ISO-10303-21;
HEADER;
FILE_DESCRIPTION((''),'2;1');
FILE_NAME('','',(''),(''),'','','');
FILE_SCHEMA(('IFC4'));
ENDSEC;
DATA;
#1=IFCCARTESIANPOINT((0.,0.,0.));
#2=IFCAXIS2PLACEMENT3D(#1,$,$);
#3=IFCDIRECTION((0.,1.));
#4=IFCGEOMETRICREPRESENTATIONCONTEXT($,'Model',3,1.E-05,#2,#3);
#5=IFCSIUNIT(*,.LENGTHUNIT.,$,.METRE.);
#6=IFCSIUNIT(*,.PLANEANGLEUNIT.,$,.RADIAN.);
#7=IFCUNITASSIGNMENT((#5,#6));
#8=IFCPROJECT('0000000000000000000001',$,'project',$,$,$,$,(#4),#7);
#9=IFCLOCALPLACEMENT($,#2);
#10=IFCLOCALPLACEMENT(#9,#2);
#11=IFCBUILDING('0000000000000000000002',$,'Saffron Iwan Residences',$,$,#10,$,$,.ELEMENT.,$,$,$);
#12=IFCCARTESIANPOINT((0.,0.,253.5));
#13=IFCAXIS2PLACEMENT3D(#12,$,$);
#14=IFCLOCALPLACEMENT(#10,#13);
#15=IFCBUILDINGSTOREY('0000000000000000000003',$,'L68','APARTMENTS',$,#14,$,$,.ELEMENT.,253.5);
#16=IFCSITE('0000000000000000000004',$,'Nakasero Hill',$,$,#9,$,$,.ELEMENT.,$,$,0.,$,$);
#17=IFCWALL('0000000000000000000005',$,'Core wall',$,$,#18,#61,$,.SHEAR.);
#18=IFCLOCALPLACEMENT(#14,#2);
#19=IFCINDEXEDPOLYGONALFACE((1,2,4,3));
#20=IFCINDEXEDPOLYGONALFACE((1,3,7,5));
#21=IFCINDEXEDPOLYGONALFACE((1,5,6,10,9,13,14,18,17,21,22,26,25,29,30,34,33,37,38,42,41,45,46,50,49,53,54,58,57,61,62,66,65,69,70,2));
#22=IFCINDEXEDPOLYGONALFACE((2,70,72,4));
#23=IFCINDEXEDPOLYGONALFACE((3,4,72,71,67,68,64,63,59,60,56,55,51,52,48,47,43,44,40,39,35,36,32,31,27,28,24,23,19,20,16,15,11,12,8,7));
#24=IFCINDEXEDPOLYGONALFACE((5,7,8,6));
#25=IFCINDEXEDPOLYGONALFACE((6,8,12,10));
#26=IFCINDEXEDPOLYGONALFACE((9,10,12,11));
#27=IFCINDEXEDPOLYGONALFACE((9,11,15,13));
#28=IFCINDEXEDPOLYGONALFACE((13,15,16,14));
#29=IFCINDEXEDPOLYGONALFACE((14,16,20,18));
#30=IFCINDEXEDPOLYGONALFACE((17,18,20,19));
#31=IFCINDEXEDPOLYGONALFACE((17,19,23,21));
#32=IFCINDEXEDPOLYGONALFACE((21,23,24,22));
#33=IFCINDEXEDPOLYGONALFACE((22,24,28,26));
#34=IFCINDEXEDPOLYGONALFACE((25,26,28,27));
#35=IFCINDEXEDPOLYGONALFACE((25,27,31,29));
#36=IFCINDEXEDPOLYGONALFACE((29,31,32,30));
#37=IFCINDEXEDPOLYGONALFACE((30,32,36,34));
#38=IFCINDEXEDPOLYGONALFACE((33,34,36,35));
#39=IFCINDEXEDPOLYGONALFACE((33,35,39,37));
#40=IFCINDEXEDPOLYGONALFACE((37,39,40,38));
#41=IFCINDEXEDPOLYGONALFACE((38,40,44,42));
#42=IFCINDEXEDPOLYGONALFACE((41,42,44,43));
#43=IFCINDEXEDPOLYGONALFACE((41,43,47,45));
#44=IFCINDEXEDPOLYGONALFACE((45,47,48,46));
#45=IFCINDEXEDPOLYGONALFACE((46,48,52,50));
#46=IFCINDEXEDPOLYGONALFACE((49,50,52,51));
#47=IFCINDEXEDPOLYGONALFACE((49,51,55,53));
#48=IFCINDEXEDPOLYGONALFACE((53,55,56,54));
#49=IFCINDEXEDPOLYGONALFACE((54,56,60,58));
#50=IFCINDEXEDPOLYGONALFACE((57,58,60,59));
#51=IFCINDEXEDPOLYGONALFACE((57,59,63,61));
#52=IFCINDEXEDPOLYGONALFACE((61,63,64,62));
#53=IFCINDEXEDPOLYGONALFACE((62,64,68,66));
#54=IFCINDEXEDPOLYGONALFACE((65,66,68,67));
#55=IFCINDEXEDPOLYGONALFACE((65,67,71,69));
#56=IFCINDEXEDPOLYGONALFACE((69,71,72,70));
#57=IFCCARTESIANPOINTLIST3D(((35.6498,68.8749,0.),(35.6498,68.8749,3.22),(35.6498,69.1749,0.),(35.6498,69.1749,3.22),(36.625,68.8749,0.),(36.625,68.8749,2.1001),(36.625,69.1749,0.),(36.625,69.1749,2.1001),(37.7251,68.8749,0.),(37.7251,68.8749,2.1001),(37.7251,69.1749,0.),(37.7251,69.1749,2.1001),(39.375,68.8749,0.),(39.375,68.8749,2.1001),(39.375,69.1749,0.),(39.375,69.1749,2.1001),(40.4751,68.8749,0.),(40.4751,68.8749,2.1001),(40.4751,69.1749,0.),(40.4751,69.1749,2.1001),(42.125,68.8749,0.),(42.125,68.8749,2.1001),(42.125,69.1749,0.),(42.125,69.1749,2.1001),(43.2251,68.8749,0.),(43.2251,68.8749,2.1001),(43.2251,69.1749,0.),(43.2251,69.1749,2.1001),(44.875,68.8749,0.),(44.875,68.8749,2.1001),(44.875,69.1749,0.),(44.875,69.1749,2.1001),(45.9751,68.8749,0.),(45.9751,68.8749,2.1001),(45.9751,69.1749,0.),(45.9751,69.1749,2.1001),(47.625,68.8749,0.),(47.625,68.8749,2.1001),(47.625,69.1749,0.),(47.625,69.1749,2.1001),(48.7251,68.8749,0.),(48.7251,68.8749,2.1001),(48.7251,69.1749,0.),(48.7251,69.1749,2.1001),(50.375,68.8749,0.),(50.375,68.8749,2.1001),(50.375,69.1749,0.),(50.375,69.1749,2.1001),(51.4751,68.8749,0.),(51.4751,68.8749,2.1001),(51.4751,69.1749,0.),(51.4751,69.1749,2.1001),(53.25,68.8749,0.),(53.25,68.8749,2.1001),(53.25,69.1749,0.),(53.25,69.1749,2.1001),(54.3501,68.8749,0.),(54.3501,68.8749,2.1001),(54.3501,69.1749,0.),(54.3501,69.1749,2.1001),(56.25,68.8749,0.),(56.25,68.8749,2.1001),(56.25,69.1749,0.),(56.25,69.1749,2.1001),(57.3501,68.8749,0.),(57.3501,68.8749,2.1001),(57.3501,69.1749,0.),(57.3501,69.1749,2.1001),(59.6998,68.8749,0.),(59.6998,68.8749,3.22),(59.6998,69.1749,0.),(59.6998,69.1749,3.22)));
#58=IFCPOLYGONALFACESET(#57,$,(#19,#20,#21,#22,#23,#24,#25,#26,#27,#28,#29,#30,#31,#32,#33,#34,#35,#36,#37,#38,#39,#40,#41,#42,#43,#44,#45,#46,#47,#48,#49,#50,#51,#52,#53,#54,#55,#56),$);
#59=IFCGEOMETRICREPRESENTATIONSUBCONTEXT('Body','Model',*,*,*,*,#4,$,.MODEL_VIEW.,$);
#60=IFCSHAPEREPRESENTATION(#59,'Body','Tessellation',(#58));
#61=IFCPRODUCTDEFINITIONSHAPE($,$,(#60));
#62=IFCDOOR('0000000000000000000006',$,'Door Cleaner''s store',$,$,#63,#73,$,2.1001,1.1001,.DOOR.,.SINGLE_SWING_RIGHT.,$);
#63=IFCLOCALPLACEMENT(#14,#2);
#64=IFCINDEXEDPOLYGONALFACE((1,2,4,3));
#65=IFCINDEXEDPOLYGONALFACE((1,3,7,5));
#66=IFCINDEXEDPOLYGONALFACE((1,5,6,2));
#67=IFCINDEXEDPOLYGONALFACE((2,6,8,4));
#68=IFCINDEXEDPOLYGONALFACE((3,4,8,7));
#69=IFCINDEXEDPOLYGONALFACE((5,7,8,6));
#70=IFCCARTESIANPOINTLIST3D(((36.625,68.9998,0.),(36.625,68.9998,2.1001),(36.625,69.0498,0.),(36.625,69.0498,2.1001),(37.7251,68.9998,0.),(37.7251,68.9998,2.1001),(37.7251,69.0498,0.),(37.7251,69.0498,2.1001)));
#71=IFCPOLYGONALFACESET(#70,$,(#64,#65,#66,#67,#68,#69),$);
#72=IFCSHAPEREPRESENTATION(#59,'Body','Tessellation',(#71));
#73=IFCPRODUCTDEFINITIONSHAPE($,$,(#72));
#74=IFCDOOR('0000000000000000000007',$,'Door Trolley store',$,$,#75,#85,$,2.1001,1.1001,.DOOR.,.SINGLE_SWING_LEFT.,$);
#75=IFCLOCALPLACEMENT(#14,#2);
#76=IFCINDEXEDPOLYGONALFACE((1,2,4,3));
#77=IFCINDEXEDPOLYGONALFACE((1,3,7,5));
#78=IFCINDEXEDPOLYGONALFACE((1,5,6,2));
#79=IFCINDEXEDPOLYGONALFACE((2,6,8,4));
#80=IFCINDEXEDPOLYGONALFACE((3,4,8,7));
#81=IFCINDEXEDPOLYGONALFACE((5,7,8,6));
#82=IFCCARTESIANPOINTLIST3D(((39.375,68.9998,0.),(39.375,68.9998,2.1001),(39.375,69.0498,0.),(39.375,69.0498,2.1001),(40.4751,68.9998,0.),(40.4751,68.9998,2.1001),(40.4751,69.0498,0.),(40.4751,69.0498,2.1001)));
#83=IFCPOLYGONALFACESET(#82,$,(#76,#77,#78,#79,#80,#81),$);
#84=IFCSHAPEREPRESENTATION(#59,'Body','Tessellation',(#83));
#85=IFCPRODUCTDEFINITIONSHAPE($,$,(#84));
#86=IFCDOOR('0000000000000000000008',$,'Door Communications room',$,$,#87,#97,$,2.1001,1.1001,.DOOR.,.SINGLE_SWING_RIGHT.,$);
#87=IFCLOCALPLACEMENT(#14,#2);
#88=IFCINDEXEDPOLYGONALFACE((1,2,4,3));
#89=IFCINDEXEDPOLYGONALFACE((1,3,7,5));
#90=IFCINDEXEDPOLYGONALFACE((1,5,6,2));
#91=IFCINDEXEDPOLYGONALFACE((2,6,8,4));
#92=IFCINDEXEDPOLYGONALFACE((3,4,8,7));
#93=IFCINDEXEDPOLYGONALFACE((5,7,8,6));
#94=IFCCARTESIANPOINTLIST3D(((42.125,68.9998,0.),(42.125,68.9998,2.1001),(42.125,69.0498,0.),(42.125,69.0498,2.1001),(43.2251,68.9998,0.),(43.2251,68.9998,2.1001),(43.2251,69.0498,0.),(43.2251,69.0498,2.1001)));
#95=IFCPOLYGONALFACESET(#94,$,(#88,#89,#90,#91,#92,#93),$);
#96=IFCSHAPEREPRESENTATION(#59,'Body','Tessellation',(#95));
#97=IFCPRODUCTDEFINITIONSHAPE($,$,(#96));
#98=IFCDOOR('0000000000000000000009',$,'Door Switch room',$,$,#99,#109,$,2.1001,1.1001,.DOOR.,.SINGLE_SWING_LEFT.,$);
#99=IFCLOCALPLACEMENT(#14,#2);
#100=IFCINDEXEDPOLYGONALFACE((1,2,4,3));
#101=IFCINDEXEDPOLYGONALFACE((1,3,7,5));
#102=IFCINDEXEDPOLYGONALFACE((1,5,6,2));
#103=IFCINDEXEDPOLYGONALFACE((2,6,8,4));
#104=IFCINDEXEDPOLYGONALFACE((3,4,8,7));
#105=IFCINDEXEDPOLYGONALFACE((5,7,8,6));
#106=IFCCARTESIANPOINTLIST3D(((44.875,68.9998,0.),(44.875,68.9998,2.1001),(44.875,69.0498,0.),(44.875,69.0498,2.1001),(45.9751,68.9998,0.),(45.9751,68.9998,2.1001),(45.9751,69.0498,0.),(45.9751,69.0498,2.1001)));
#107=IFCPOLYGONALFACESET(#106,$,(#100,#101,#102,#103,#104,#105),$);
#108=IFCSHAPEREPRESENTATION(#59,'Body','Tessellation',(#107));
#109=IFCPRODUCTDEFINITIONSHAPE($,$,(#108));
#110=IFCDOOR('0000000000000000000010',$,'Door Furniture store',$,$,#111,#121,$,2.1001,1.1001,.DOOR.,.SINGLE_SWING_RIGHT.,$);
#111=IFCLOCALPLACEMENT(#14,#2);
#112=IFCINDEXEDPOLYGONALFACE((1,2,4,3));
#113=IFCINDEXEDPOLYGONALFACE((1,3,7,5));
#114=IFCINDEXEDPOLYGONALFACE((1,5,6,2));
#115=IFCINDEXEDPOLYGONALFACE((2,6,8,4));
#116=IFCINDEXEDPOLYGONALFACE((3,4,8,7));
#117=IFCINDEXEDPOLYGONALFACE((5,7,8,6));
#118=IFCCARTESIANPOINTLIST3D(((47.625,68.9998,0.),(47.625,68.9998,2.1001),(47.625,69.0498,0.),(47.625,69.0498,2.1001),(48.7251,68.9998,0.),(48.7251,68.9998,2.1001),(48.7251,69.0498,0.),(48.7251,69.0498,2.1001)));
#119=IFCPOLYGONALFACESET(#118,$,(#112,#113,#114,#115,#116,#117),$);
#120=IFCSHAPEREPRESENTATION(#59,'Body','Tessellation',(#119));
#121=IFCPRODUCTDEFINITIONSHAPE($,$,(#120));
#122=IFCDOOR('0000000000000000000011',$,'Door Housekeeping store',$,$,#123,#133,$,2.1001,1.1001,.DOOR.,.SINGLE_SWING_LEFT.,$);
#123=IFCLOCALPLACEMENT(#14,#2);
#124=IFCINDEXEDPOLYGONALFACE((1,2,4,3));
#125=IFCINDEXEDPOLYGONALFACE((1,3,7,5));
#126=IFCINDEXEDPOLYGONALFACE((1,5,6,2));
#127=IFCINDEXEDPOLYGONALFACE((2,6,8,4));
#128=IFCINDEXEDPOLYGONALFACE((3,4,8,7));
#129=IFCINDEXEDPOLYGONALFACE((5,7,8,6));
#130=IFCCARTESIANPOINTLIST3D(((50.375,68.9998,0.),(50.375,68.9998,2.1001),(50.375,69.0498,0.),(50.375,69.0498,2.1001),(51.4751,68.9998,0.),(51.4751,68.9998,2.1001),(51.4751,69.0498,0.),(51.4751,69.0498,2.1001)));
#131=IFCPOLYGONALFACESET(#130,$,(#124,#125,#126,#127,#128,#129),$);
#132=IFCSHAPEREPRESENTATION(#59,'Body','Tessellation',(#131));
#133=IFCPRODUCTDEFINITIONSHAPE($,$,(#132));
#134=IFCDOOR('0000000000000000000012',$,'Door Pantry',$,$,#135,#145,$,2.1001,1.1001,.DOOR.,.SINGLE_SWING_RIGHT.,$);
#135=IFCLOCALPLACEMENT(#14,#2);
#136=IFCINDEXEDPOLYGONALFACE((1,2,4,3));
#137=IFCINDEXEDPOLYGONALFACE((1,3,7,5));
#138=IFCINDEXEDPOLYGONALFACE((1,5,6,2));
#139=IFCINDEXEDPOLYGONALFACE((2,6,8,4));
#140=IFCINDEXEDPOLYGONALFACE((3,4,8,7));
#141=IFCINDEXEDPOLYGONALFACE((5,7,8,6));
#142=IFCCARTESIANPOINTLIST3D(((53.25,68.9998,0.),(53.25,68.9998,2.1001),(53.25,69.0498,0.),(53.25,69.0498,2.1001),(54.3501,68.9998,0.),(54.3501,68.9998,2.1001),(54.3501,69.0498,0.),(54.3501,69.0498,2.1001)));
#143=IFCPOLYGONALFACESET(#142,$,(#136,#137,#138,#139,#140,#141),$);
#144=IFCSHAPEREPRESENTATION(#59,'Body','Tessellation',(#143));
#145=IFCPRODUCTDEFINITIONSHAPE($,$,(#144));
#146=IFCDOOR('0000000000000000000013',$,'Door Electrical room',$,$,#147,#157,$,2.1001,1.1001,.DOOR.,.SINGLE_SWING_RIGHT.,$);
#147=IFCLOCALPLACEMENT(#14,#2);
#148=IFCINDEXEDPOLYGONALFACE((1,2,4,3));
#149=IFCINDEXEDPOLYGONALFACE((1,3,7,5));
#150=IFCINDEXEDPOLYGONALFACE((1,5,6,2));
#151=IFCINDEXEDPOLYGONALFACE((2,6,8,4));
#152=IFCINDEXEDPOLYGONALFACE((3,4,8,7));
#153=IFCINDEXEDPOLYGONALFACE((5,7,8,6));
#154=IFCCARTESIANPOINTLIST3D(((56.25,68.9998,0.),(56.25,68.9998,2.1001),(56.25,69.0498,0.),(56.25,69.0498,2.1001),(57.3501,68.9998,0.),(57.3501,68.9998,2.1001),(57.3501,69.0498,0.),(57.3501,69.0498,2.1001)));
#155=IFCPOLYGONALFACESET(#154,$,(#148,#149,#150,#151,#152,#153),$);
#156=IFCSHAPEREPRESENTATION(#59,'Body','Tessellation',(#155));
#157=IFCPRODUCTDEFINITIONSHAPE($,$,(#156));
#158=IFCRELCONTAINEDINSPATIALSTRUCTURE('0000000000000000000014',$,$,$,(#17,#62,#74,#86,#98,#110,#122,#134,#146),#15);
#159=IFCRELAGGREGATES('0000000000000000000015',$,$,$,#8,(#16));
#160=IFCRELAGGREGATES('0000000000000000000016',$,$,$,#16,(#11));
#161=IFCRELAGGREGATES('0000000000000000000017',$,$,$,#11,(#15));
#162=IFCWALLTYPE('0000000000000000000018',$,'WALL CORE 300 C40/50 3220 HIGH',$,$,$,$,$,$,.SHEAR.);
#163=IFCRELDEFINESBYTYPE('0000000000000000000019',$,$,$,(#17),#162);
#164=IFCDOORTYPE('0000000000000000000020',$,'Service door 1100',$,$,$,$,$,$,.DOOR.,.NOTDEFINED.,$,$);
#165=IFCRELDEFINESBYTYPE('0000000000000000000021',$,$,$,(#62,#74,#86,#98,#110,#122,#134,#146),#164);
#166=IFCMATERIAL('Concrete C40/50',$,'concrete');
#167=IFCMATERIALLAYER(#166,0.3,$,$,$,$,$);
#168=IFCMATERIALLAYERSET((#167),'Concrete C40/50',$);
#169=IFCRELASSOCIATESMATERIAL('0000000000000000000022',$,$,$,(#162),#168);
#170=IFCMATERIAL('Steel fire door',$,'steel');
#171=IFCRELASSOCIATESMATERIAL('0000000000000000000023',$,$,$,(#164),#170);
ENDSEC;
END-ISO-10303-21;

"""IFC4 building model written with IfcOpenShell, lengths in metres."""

from ifc_helpers import new_model, si_unit, direction, frame, frame_2d, origin, place, context, subcontext, project, spatial, rectangle, extrude, material, layer, layer_set, type_object, element, fill, save


model = new_model("IFC4")

# Units and contexts
model_context = context("Model", 3, precision=1e-05, world=origin(), true_north=direction((0.0, 1.0)))
body_context = subcontext(model_context, "Body", "Model", "MODEL_VIEW")
ifc_project = project(units=[si_unit("LENGTHUNIT", "METRE"), si_unit("PLANEANGLEUNIT", "RADIAN")], contexts=[model_context])

# Site, building, storey
site_placement = place(None, origin())
site = spatial("IfcSite", under=ifc_project, at=site_placement, Name="Nakasero Hill", CompositionType="ELEMENT", RefElevation=0.0)
building_placement = place(site_placement, origin())
building = spatial("IfcBuilding", under=site, at=building_placement, Name="Saffron Iwan Residences", CompositionType="ELEMENT")
storey_placement = place(building_placement, frame((0.0, 0.0, 253.5)))
storey = spatial("IfcBuildingStorey", under=building, at=storey_placement, Name="L68", Description="APARTMENTS", CompositionType="ELEMENT", Elevation=253.5)

# Shared definitions
ifc_material_1 = material(Name="Concrete C40/50", Category="concrete")

# Shared definitions
ifc_material_2 = material(Name="Steel fire door", Category="steel")

# Wall, openings, doors
ifc_layer_1 = layer(ifc_material_1, 0.3)
ifc_layer_set_1 = layer_set([ifc_layer_1], Name="Concrete C40/50")
wall_type_1 = type_object("IfcWallType", Name="WALL CORE 300 C40/50 3220 HIGH", PredefinedType="SHEAR", material=ifc_layer_set_1)
wall_1_placement = place(storey_placement, frame((35.6499, 69.0249, 0.0), z_axis=(0.0, 0.0, 1.0), x_axis=(1.0, 0.0, 0.0)))
wall_1 = element("IfcWall", 1, at=wall_1_placement, inside=storey, type_object=wall_type_1, Name="Core wall", PredefinedType="SHEAR", context=body_context, shape_type="SweptSolid", body=[
    extrude(rectangle(XDim=24.05, YDim=0.3, at=frame_2d((12.0249, 0.0))), origin(), (0.0, 0.0, 1.0), 3.22),
])
opening_1_placement = place(wall_1_placement, frame((0.9751, 0.0, 0.0)))
opening_1 = element("IfcOpeningElement", 2, at=opening_1_placement, cuts=wall_1, PredefinedType="OPENING", context=body_context, shape_type="SweptSolid", body=[
    extrude(rectangle(XDim=1.1001, YDim=2.1001, at=frame_2d((0.55, 1.05))), frame((0.0, 0.1602, 0.0), z_axis=(0.0, -1.0, 0.0), x_axis=(1.0, 0.0, 0.0)), (0.0, 0.0, 1.0), 0.3201),
])
opening_2_placement = place(wall_1_placement, frame((3.7251, 0.0, 0.0)))
opening_2 = element("IfcOpeningElement", 3, at=opening_2_placement, cuts=wall_1, PredefinedType="OPENING", context=body_context, shape_type="SweptSolid", body=[
    extrude(rectangle(XDim=1.1001, YDim=2.1001, at=frame_2d((0.55, 1.05))), frame((0.0, 0.1602, 0.0), z_axis=(0.0, -1.0, 0.0), x_axis=(1.0, 0.0, 0.0)), (0.0, 0.0, 1.0), 0.3201),
])
opening_3_placement = place(wall_1_placement, frame((6.4751, 0.0, 0.0)))
opening_3 = element("IfcOpeningElement", 4, at=opening_3_placement, cuts=wall_1, PredefinedType="OPENING", context=body_context, shape_type="SweptSolid", body=[
    extrude(rectangle(XDim=1.1001, YDim=2.1001, at=frame_2d((0.55, 1.05))), frame((0.0, 0.1602, 0.0), z_axis=(0.0, -1.0, 0.0), x_axis=(1.0, 0.0, 0.0)), (0.0, 0.0, 1.0), 0.3201),
])
opening_4_placement = place(wall_1_placement, frame((9.2251, 0.0, 0.0)))
opening_4 = element("IfcOpeningElement", 5, at=opening_4_placement, cuts=wall_1, PredefinedType="OPENING", context=body_context, shape_type="SweptSolid", body=[
    extrude(rectangle(XDim=1.1001, YDim=2.1001, at=frame_2d((0.55, 1.05))), frame((0.0, 0.1602, 0.0), z_axis=(0.0, -1.0, 0.0), x_axis=(1.0, 0.0, 0.0)), (0.0, 0.0, 1.0), 0.3201),
])
opening_5_placement = place(wall_1_placement, frame((11.9751, 0.0, 0.0)))
opening_5 = element("IfcOpeningElement", 6, at=opening_5_placement, cuts=wall_1, PredefinedType="OPENING", context=body_context, shape_type="SweptSolid", body=[
    extrude(rectangle(XDim=1.1001, YDim=2.1001, at=frame_2d((0.55, 1.05))), frame((0.0, 0.1602, 0.0), z_axis=(0.0, -1.0, 0.0), x_axis=(1.0, 0.0, 0.0)), (0.0, 0.0, 1.0), 0.3201),
])
opening_6_placement = place(wall_1_placement, frame((14.7251, 0.0, 0.0)))
opening_6 = element("IfcOpeningElement", 7, at=opening_6_placement, cuts=wall_1, PredefinedType="OPENING", context=body_context, shape_type="SweptSolid", body=[
    extrude(rectangle(XDim=1.1001, YDim=2.1001, at=frame_2d((0.55, 1.05))), frame((0.0, 0.1602, 0.0), z_axis=(0.0, -1.0, 0.0), x_axis=(1.0, 0.0, 0.0)), (0.0, 0.0, 1.0), 0.3201),
])
opening_7_placement = place(wall_1_placement, frame((17.6001, 0.0, 0.0)))
opening_7 = element("IfcOpeningElement", 8, at=opening_7_placement, cuts=wall_1, PredefinedType="OPENING", context=body_context, shape_type="SweptSolid", body=[
    extrude(rectangle(XDim=1.1001, YDim=2.1001, at=frame_2d((0.55, 1.05))), frame((0.0, 0.1602, 0.0), z_axis=(0.0, -1.0, 0.0), x_axis=(1.0, 0.0, 0.0)), (0.0, 0.0, 1.0), 0.3201),
])
opening_8_placement = place(wall_1_placement, frame((20.6001, 0.0, 0.0)))
opening_8 = element("IfcOpeningElement", 9, at=opening_8_placement, cuts=wall_1, PredefinedType="OPENING", context=body_context, shape_type="SweptSolid", body=[
    extrude(rectangle(XDim=1.1001, YDim=2.1001, at=frame_2d((0.55, 1.05))), frame((0.0, 0.1602, 0.0), z_axis=(0.0, -1.0, 0.0), x_axis=(1.0, 0.0, 0.0)), (0.0, 0.0, 1.0), 0.3201),
])
door_type_1 = type_object("IfcDoorType", Name="Service door 1100", OperationType="NOTDEFINED", PredefinedType="DOOR", material=ifc_material_2)
door_1_placement = place(opening_1_placement, origin())
door_1 = element("IfcDoor", 10, at=door_1_placement, inside=storey, type_object=door_type_1, Name="Door Cleaner's store", OperationType="SINGLE_SWING_RIGHT", OverallHeight=2.1001, OverallWidth=1.1001, PredefinedType="DOOR", context=body_context, shape_type="SweptSolid", body=[
    extrude(rectangle(XDim=1.1001, YDim=2.1001, at=frame_2d((0.55, 1.05))), frame((0.0, 0.0249, 0.0), z_axis=(0.0, -1.0, 0.0), x_axis=(1.0, 0.0, 0.0)), (0.0, 0.0, 1.0), 0.05),
])
fill(opening_1, door_1)
door_2_placement = place(opening_2_placement, origin())
door_2 = element("IfcDoor", 11, at=door_2_placement, inside=storey, type_object=door_type_1, Name="Door Trolley store", OperationType="SINGLE_SWING_LEFT", OverallHeight=2.1001, OverallWidth=1.1001, PredefinedType="DOOR", context=body_context, shape_type="SweptSolid", body=[
    extrude(rectangle(XDim=1.1001, YDim=2.1001, at=frame_2d((0.55, 1.05))), frame((0.0, 0.0249, 0.0), z_axis=(0.0, -1.0, 0.0), x_axis=(1.0, 0.0, 0.0)), (0.0, 0.0, 1.0), 0.05),
])
fill(opening_2, door_2)
door_3_placement = place(opening_3_placement, origin())
door_3 = element("IfcDoor", 12, at=door_3_placement, inside=storey, type_object=door_type_1, Name="Door Communications room", OperationType="SINGLE_SWING_RIGHT", OverallHeight=2.1001, OverallWidth=1.1001, PredefinedType="DOOR", context=body_context, shape_type="SweptSolid", body=[
    extrude(rectangle(XDim=1.1001, YDim=2.1001, at=frame_2d((0.55, 1.05))), frame((0.0, 0.0249, 0.0), z_axis=(0.0, -1.0, 0.0), x_axis=(1.0, 0.0, 0.0)), (0.0, 0.0, 1.0), 0.05),
])
fill(opening_3, door_3)
door_4_placement = place(opening_4_placement, origin())
door_4 = element("IfcDoor", 13, at=door_4_placement, inside=storey, type_object=door_type_1, Name="Door Switch room", OperationType="SINGLE_SWING_LEFT", OverallHeight=2.1001, OverallWidth=1.1001, PredefinedType="DOOR", context=body_context, shape_type="SweptSolid", body=[
    extrude(rectangle(XDim=1.1001, YDim=2.1001, at=frame_2d((0.55, 1.05))), frame((0.0, 0.0249, 0.0), z_axis=(0.0, -1.0, 0.0), x_axis=(1.0, 0.0, 0.0)), (0.0, 0.0, 1.0), 0.05),
])
fill(opening_4, door_4)
door_5_placement = place(opening_5_placement, origin())
door_5 = element("IfcDoor", 14, at=door_5_placement, inside=storey, type_object=door_type_1, Name="Door Furniture store", OperationType="SINGLE_SWING_RIGHT", OverallHeight=2.1001, OverallWidth=1.1001, PredefinedType="DOOR", context=body_context, shape_type="SweptSolid", body=[
    extrude(rectangle(XDim=1.1001, YDim=2.1001, at=frame_2d((0.55, 1.05))), frame((0.0, 0.0249, 0.0), z_axis=(0.0, -1.0, 0.0), x_axis=(1.0, 0.0, 0.0)), (0.0, 0.0, 1.0), 0.05),
])
fill(opening_5, door_5)
door_6_placement = place(opening_6_placement, origin())
door_6 = element("IfcDoor", 15, at=door_6_placement, inside=storey, type_object=door_type_1, Name="Door Housekeeping store", OperationType="SINGLE_SWING_LEFT", OverallHeight=2.1001, OverallWidth=1.1001, PredefinedType="DOOR", context=body_context, shape_type="SweptSolid", body=[
    extrude(rectangle(XDim=1.1001, YDim=2.1001, at=frame_2d((0.55, 1.05))), frame((0.0, 0.0249, 0.0), z_axis=(0.0, -1.0, 0.0), x_axis=(1.0, 0.0, 0.0)), (0.0, 0.0, 1.0), 0.05),
])
fill(opening_6, door_6)
door_7_placement = place(opening_7_placement, origin())
door_7 = element("IfcDoor", 16, at=door_7_placement, inside=storey, type_object=door_type_1, Name="Door Pantry", OperationType="SINGLE_SWING_RIGHT", OverallHeight=2.1001, OverallWidth=1.1001, PredefinedType="DOOR", context=body_context, shape_type="SweptSolid", body=[
    extrude(rectangle(XDim=1.1001, YDim=2.1001, at=frame_2d((0.55, 1.05))), frame((0.0, 0.0249, 0.0), z_axis=(0.0, -1.0, 0.0), x_axis=(1.0, 0.0, 0.0)), (0.0, 0.0, 1.0), 0.05),
])
fill(opening_7, door_7)
door_8_placement = place(opening_8_placement, origin())
door_8 = element("IfcDoor", 17, at=door_8_placement, inside=storey, type_object=door_type_1, Name="Door Electrical room", OperationType="SINGLE_SWING_RIGHT", OverallHeight=2.1001, OverallWidth=1.1001, PredefinedType="DOOR", context=body_context, shape_type="SweptSolid", body=[
    extrude(rectangle(XDim=1.1001, YDim=2.1001, at=frame_2d((0.55, 1.05))), frame((0.0, 0.0249, 0.0), z_axis=(0.0, -1.0, 0.0), x_axis=(1.0, 0.0, 0.0)), (0.0, 0.0, 1.0), 0.05),
])
fill(opening_8, door_8)

save(model, "model.ifc")
